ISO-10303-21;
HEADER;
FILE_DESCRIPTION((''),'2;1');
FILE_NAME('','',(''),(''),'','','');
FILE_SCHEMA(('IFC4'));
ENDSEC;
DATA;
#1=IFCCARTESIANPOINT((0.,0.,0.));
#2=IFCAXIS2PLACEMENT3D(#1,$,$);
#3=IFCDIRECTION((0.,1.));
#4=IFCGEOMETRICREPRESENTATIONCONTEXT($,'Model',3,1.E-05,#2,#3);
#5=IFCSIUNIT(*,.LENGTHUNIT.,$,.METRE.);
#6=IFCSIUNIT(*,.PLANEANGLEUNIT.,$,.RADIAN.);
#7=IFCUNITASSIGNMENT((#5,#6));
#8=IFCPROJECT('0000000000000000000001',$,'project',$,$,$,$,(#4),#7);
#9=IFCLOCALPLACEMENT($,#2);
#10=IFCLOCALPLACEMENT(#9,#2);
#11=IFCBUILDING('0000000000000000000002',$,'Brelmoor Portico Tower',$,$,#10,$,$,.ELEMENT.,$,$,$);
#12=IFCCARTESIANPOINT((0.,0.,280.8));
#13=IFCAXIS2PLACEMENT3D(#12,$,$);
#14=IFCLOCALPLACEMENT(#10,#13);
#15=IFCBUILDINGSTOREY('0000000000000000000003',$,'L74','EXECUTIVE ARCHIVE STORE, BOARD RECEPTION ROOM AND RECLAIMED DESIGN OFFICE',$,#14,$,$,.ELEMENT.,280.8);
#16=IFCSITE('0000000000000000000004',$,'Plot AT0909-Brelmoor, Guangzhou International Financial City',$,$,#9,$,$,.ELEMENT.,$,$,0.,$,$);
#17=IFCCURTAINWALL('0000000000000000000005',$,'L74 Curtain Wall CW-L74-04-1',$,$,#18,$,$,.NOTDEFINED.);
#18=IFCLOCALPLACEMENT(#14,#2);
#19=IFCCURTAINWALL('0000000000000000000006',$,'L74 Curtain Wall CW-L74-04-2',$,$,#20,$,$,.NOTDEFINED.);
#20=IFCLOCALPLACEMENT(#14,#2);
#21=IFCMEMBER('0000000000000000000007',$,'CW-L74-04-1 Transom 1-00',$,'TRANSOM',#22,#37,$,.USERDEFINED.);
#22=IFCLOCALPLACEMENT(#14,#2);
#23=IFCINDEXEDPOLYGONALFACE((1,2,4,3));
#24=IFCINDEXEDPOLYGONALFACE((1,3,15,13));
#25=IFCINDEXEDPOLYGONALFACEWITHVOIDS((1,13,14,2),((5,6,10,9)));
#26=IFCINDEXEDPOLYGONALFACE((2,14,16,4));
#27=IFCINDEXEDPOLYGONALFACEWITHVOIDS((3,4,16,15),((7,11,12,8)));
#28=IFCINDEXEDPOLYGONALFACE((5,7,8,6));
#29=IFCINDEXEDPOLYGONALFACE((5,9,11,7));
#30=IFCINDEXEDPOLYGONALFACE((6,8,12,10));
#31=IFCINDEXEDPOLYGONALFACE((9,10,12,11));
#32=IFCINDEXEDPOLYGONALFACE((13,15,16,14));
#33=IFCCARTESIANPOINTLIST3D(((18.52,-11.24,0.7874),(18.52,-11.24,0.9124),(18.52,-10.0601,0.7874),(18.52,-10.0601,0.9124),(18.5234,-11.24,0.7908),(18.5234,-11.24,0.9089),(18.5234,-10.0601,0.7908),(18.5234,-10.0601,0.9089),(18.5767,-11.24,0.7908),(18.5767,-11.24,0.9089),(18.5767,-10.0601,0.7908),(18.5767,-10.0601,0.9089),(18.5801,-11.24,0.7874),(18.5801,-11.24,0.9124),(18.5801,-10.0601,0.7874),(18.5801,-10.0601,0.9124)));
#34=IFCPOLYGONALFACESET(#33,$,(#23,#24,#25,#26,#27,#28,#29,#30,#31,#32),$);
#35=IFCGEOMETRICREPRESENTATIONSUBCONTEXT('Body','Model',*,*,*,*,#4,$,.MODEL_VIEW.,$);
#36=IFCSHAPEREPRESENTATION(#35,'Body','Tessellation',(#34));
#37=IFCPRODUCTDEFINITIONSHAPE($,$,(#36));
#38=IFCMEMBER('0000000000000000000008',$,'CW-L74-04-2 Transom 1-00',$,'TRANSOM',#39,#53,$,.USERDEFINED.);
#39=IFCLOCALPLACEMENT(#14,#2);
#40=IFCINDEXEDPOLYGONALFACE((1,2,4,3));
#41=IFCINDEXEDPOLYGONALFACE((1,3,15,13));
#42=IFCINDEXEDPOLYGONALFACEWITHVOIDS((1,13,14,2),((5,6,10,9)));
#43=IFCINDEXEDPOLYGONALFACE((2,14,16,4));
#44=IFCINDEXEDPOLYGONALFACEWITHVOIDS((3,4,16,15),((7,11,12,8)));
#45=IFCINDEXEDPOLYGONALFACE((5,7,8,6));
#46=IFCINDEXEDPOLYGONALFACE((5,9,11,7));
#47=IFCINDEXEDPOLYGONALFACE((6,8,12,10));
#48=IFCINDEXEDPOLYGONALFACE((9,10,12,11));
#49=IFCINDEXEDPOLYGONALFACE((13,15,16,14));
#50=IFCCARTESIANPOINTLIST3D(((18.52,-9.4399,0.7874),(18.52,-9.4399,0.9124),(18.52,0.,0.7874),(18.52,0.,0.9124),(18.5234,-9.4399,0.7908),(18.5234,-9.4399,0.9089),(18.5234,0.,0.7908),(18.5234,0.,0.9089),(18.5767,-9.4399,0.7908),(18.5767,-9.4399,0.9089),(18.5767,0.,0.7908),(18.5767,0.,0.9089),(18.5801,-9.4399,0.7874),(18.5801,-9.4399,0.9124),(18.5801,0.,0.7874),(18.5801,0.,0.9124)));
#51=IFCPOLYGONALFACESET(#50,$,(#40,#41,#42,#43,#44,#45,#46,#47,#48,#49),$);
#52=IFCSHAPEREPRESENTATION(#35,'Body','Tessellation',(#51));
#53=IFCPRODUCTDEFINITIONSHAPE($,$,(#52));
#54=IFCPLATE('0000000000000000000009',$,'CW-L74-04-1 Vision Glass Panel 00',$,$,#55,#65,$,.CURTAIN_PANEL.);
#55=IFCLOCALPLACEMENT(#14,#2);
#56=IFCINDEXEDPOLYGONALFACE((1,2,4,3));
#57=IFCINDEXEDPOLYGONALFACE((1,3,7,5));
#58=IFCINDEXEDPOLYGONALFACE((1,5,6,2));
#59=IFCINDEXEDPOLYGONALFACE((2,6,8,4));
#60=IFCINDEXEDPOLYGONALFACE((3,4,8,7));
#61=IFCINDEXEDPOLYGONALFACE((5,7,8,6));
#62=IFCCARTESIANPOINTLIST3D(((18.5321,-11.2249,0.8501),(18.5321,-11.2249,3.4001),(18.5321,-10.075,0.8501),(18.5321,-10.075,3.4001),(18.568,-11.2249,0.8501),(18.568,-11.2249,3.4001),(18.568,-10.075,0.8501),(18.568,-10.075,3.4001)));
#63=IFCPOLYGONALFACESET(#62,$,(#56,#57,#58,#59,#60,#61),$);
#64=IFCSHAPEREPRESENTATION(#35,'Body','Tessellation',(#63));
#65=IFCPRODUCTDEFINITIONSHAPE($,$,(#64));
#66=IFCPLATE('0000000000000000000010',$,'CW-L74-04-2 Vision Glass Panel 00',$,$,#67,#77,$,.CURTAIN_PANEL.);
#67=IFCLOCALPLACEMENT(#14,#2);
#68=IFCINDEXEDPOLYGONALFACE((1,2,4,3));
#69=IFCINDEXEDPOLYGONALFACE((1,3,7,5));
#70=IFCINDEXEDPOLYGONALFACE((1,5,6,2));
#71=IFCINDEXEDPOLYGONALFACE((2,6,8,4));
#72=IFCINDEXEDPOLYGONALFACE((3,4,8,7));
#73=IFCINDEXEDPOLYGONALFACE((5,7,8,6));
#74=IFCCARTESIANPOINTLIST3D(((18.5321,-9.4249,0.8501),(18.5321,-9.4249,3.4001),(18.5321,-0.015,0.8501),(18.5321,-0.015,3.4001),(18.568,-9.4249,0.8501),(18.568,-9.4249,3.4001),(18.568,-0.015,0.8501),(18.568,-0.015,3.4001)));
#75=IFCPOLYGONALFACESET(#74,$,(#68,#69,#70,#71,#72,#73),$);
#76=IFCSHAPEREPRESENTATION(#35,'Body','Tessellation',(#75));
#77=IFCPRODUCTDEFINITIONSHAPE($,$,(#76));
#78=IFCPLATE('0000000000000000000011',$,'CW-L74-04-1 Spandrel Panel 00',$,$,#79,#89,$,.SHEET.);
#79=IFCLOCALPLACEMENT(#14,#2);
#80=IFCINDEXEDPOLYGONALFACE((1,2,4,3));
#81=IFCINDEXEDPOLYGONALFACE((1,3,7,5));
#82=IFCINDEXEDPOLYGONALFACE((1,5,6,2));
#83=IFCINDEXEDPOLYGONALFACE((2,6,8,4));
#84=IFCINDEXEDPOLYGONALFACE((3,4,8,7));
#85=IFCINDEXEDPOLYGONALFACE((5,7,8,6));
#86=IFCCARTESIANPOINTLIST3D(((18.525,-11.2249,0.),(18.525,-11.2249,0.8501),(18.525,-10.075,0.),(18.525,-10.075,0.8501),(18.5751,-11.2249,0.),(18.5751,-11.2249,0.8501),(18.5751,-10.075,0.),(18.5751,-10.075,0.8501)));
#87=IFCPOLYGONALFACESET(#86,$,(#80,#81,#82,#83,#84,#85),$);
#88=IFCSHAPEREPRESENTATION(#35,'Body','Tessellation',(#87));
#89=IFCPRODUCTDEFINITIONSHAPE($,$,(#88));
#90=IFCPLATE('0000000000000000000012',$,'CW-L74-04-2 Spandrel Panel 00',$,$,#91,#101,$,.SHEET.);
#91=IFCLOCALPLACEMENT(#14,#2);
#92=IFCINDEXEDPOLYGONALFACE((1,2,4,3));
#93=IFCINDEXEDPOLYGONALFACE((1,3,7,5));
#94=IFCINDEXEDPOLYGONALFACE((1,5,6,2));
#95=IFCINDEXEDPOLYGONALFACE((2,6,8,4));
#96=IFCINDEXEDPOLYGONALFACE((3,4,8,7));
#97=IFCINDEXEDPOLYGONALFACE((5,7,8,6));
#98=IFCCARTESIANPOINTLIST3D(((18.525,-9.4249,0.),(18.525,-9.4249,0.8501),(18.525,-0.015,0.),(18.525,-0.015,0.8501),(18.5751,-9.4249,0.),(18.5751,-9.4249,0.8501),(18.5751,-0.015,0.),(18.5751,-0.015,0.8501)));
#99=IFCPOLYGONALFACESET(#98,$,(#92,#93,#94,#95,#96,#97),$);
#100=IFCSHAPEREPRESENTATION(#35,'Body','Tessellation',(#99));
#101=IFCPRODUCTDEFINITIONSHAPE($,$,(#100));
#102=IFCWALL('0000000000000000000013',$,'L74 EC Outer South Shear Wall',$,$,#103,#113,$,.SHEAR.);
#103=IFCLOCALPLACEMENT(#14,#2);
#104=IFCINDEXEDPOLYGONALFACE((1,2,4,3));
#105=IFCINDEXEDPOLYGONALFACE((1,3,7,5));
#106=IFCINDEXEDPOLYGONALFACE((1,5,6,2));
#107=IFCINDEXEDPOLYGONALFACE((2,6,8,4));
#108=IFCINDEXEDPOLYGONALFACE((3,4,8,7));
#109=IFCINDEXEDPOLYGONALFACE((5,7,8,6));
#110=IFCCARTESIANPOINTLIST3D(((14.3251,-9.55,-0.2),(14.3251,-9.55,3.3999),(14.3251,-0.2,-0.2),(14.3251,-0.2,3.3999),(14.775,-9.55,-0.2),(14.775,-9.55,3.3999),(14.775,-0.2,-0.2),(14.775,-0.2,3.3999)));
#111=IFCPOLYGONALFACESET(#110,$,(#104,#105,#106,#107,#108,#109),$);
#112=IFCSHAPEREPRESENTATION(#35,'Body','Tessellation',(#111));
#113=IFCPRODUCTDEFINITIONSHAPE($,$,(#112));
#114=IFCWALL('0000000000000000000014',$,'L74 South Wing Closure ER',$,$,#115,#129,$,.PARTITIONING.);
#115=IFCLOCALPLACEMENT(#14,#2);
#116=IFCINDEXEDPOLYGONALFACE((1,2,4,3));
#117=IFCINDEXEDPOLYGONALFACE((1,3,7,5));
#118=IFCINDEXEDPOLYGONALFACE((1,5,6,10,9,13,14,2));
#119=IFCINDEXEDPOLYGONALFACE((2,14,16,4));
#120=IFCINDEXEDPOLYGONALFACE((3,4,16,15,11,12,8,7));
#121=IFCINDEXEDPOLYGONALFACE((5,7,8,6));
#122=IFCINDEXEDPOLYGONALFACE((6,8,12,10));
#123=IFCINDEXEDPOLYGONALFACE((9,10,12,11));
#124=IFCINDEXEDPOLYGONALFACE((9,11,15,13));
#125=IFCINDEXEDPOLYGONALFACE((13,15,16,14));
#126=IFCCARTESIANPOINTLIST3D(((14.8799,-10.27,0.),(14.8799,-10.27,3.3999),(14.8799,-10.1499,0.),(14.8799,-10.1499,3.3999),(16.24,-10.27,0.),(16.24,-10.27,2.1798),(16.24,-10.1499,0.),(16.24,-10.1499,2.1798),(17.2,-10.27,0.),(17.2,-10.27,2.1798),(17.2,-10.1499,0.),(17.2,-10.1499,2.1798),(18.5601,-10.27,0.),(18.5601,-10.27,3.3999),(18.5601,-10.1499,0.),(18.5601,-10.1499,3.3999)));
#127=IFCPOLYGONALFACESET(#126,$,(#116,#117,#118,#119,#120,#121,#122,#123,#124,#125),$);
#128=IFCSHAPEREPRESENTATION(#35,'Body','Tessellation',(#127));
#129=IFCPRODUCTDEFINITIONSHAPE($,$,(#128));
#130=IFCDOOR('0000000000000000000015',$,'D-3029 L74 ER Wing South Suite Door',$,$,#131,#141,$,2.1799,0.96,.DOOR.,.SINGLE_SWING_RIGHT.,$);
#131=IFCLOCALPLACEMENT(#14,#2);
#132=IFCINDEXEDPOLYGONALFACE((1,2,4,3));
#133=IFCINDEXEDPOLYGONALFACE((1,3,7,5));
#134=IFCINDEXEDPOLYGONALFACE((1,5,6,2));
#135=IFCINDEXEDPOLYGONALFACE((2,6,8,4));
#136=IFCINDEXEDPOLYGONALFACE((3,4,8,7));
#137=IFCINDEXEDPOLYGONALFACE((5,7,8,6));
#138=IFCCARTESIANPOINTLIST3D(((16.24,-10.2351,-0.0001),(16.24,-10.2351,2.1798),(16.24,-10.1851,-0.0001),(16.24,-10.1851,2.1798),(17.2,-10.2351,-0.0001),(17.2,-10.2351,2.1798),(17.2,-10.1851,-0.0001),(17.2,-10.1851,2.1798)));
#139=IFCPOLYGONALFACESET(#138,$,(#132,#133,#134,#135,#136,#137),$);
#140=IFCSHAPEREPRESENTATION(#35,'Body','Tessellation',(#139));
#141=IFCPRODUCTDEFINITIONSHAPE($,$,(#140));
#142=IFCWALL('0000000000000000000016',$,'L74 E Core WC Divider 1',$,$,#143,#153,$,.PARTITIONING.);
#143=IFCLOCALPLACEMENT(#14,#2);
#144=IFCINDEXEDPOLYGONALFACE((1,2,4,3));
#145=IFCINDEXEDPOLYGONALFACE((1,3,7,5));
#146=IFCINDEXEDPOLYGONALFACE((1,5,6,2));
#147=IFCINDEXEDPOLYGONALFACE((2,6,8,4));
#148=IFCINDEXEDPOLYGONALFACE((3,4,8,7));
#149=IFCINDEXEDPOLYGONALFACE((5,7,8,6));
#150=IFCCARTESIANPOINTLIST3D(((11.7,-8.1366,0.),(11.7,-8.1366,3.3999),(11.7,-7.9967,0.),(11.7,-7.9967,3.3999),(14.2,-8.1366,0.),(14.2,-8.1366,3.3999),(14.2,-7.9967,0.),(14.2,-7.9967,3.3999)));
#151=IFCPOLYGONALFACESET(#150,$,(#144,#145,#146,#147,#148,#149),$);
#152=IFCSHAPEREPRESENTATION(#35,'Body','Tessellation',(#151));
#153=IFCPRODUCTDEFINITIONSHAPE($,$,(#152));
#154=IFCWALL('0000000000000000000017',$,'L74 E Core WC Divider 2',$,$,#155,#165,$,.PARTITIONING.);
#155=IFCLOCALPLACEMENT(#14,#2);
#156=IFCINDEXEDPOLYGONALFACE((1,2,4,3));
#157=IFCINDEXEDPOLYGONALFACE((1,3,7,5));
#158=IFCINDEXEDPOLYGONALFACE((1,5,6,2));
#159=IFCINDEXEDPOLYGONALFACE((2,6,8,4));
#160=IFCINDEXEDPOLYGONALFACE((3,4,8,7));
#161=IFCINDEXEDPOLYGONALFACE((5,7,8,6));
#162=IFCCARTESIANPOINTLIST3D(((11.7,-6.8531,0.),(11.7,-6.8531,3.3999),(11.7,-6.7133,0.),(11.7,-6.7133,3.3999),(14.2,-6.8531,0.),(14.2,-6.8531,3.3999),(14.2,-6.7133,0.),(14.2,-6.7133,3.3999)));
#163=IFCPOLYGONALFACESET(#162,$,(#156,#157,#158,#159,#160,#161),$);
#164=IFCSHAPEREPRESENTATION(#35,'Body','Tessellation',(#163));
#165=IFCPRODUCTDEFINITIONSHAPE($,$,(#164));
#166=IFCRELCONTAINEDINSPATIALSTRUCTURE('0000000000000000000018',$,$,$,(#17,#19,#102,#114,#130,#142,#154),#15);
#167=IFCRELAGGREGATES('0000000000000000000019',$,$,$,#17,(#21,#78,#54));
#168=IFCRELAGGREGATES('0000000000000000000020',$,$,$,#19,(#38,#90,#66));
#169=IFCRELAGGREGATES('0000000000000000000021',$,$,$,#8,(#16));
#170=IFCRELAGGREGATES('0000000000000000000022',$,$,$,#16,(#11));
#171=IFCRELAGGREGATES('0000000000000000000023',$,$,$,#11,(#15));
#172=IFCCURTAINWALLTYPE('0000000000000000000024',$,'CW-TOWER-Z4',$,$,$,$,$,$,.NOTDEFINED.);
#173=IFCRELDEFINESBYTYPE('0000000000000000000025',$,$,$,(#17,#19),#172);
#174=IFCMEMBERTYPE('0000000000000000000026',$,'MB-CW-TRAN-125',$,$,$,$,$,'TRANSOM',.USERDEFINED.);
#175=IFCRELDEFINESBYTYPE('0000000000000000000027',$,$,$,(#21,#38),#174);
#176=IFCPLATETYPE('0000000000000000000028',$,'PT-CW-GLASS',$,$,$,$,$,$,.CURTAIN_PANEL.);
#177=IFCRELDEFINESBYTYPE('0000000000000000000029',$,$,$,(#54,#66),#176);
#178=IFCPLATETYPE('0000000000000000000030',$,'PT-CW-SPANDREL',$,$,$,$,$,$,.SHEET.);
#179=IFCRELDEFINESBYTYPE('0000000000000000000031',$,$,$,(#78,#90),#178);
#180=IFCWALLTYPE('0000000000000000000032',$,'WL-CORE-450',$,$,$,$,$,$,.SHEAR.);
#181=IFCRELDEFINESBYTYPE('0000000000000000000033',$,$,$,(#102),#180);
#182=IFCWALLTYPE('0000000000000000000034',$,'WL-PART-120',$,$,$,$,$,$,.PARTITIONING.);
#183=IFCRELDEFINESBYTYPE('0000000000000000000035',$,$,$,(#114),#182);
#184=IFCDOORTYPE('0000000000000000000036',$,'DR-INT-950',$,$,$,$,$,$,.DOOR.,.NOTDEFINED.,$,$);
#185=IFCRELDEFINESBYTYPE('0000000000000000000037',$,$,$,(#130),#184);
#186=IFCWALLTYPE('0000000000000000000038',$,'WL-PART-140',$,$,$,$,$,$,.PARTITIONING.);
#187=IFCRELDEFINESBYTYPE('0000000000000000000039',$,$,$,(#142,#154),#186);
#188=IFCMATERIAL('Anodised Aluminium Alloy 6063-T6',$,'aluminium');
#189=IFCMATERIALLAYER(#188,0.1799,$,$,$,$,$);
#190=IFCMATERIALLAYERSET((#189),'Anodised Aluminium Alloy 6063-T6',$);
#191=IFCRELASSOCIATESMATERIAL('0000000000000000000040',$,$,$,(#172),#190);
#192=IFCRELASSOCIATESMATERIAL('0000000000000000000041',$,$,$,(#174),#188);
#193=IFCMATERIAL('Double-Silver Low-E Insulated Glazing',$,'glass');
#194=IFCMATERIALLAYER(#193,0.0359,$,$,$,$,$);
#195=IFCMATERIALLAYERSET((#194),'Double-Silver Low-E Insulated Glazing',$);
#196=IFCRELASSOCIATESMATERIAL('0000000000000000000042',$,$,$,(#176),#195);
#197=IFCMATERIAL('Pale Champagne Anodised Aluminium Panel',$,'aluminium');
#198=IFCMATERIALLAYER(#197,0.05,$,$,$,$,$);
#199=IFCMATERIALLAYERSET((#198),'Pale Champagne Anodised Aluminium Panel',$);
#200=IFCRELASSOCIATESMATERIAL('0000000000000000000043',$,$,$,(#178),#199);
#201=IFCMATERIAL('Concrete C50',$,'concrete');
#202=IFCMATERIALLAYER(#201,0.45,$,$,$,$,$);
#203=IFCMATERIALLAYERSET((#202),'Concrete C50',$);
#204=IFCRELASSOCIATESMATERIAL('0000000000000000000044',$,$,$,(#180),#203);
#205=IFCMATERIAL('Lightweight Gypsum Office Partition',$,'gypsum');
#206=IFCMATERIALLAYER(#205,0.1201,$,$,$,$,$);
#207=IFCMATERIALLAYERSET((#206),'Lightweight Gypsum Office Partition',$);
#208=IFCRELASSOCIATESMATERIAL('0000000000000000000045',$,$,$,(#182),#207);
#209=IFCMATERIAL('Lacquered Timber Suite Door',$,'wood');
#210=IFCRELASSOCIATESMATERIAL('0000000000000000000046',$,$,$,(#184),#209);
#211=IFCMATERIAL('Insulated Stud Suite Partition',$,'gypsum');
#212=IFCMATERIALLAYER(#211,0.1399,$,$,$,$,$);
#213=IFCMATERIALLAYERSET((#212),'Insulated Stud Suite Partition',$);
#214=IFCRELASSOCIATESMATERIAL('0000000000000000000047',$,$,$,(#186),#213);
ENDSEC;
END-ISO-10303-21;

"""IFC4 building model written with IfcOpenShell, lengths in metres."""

from ifc_helpers import new_model, si_unit, direction, frame, frame_2d, origin, origin_2d, place, context, subcontext, project, spatial, rectangle, hollow_rectangle, extrude, material, layer, layer_set, material_profile, profile_set, type_object, element, fill, aggregate, save


model = new_model("IFC4")

# Units and contexts
model_context = context("Model", 3, precision=1e-05, world=origin(), true_north=direction((0.0, 1.0)))
body_context = subcontext(model_context, "Body", "Model", "MODEL_VIEW")
ifc_project = project(units=[si_unit("LENGTHUNIT", "METRE"), si_unit("PLANEANGLEUNIT", "RADIAN")], contexts=[model_context])

# Site, building, storey
site_placement = place(None, origin())
site = spatial("IfcSite", under=ifc_project, at=site_placement, Name="Plot AT0909-Brelmoor, Guangzhou International Financial City", CompositionType="ELEMENT", RefElevation=0.0)
building_placement = place(site_placement, origin())
building = spatial("IfcBuilding", under=site, at=building_placement, Name="Brelmoor Portico Tower", CompositionType="ELEMENT")
storey_placement = place(building_placement, frame((0.0, 0.0, 280.8)))
storey = spatial("IfcBuildingStorey", under=building, at=storey_placement, Name="L74", Description="EXECUTIVE ARCHIVE STORE, BOARD RECEPTION ROOM AND RECLAIMED DESIGN OFFICE", CompositionType="ELEMENT", Elevation=280.8)

# Curtain walls
ifc_material_1 = material(Name="Anodised Aluminium Alloy 6063-T6", Category="aluminium")
ifc_layer_1 = layer(ifc_material_1, 0.1799)
ifc_layer_set_1 = layer_set([ifc_layer_1], Name="Anodised Aluminium Alloy 6063-T6")
curtain_wall_type = type_object("IfcCurtainWallType", Name="CW-TOWER-Z4", PredefinedType="NOTDEFINED", material=ifc_layer_set_1)
curtain_wall_1_placement = place(storey_placement, origin())
curtain_wall_1 = element("IfcCurtainWall", 1, at=curtain_wall_1_placement, inside=storey, type_object=curtain_wall_type, Name="L74 Curtain Wall CW-L74-04-1", PredefinedType="NOTDEFINED")
curtain_wall_2_placement = place(storey_placement, origin())
curtain_wall_2 = element("IfcCurtainWall", 2, at=curtain_wall_2_placement, inside=storey, type_object=curtain_wall_type, Name="L74 Curtain Wall CW-L74-04-2", PredefinedType="NOTDEFINED")

# Members
ifc_material_profile_1 = material_profile(ifc_material_1, hollow_rectangle(XDim=0.0601, YDim=0.125, WallThickness=0.0034, at=origin_2d()), Name="ALU TRANSOM 60x125")
ifc_profile_set_1 = profile_set([ifc_material_profile_1], Name="Anodised Aluminium Alloy 6063-T6")
member_type_1 = type_object("IfcMemberType", Name="MB-CW-TRAN-125", ElementType="TRANSOM", PredefinedType="USERDEFINED", material=ifc_profile_set_1)
member_1_placement = place(storey_placement, frame((18.55, -11.24, 0.8499), z_axis=(0.0, 1.0, 0.0), x_axis=(-1.0, 0.0, 0.0)))
member_1 = element("IfcMember", 3, at=member_1_placement, type_object=member_type_1, Name="CW-L74-04-1 Transom 1-00", ObjectType="TRANSOM", PredefinedType="USERDEFINED", context=body_context, shape_type="SweptSolid", body=[
    extrude(hollow_rectangle(XDim=0.0601, YDim=0.125, WallThickness=0.0034, at=origin_2d()), origin(), (0.0, 0.0, 1.0), 1.1799),
])
member_2_placement = place(storey_placement, frame((18.55, -9.4399, 0.8499), z_axis=(0.0, 1.0, 0.0), x_axis=(-1.0, 0.0, 0.0)))
member_2 = element("IfcMember", 4, at=member_2_placement, type_object=member_type_1, Name="CW-L74-04-2 Transom 1-00", ObjectType="TRANSOM", PredefinedType="USERDEFINED", context=body_context, shape_type="SweptSolid", body=[
    extrude(hollow_rectangle(XDim=0.0601, YDim=0.125, WallThickness=0.0034, at=origin_2d()), origin(), (0.0, 0.0, 1.0), 9.4399),
])

# Plates
ifc_material_2 = material(Name="Double-Silver Low-E Insulated Glazing", Category="glass")
ifc_layer_2 = layer(ifc_material_2, 0.0359)
ifc_layer_set_2 = layer_set([ifc_layer_2], Name="Double-Silver Low-E Insulated Glazing")
plate_type_1 = type_object("IfcPlateType", Name="PT-CW-GLASS", PredefinedType="CURTAIN_PANEL", material=ifc_layer_set_2)
plate_1_placement = place(storey_placement, frame((18.55, -10.6499, 0.8501), z_axis=(0.0, 0.0, 1.0), x_axis=(0.0, 1.0, 0.0)))
plate_1 = element("IfcPlate", 5, at=plate_1_placement, type_object=plate_type_1, Name="CW-L74-04-1 Vision Glass Panel 00", PredefinedType="CURTAIN_PANEL", context=body_context, shape_type="SweptSolid", body=[
    extrude(rectangle(XDim=1.1499, YDim=0.0359, at=origin_2d()), origin(), (0.0, 0.0, 1.0), 2.55),
])
plate_2_placement = place(storey_placement, frame((18.55, -4.72, 0.8501), z_axis=(0.0, 0.0, 1.0), x_axis=(0.0, 1.0, 0.0)))
plate_2 = element("IfcPlate", 6, at=plate_2_placement, type_object=plate_type_1, Name="CW-L74-04-2 Vision Glass Panel 00", PredefinedType="CURTAIN_PANEL", context=body_context, shape_type="SweptSolid", body=[
    extrude(rectangle(XDim=9.4099, YDim=0.0359, at=origin_2d()), origin(), (0.0, 0.0, 1.0), 2.55),
])
ifc_material_3 = material(Name="Pale Champagne Anodised Aluminium Panel", Category="aluminium")
ifc_layer_3 = layer(ifc_material_3, 0.05)
ifc_layer_set_3 = layer_set([ifc_layer_3], Name="Pale Champagne Anodised Aluminium Panel")
plate_type_2 = type_object("IfcPlateType", Name="PT-CW-SPANDREL", PredefinedType="SHEET", material=ifc_layer_set_3)
plate_3_placement = place(storey_placement, frame((18.55, -10.6499, 0.0), z_axis=(0.0, 0.0, 1.0), x_axis=(0.0, 1.0, 0.0)))
plate_3 = element("IfcPlate", 7, at=plate_3_placement, type_object=plate_type_2, Name="CW-L74-04-1 Spandrel Panel 00", PredefinedType="SHEET", context=body_context, shape_type="SweptSolid", body=[
    extrude(rectangle(XDim=1.1499, YDim=0.05, at=origin_2d()), origin(), (0.0, 0.0, 1.0), 0.8501),
])
aggregate(curtain_wall_1, [member_1, plate_3, plate_1])
plate_4_placement = place(storey_placement, frame((18.55, -4.72, 0.0), z_axis=(0.0, 0.0, 1.0), x_axis=(0.0, 1.0, 0.0)))
plate_4 = element("IfcPlate", 8, at=plate_4_placement, type_object=plate_type_2, Name="CW-L74-04-2 Spandrel Panel 00", PredefinedType="SHEET", context=body_context, shape_type="SweptSolid", body=[
    extrude(rectangle(XDim=9.4099, YDim=0.05, at=origin_2d()), origin(), (0.0, 0.0, 1.0), 0.8501),
])
aggregate(curtain_wall_2, [member_2, plate_4, plate_2])

# Wall
ifc_material_4 = material(Name="Concrete C50", Category="concrete")
ifc_layer_4 = layer(ifc_material_4, 0.45)
ifc_layer_set_4 = layer_set([ifc_layer_4], Name="Concrete C50")
wall_type_1 = type_object("IfcWallType", Name="WL-CORE-450", PredefinedType="SHEAR", material=ifc_layer_set_4)
wall_1_placement = place(storey_placement, frame((14.55, -9.55, -0.2), z_axis=(0.0, 0.0, 1.0), x_axis=(0.0, 1.0, 0.0)))
element("IfcWall", 9, at=wall_1_placement, inside=storey, type_object=wall_type_1, Name="L74 EC Outer South Shear Wall", PredefinedType="SHEAR", context=body_context, shape_type="SweptSolid", body=[
    extrude(rectangle(XDim=9.3501, YDim=0.45, at=frame_2d((4.675, 0.0))), origin(), (0.0, 0.0, 1.0), 3.5999),
])

# Wall, opening, door
ifc_material_5 = material(Name="Lightweight Gypsum Office Partition", Category="gypsum")
ifc_layer_5 = layer(ifc_material_5, 0.1201)
ifc_layer_set_5 = layer_set([ifc_layer_5], Name="Lightweight Gypsum Office Partition")
wall_type_2 = type_object("IfcWallType", Name="WL-PART-120", PredefinedType="PARTITIONING", material=ifc_layer_set_5)
wall_2_placement = place(storey_placement, frame((14.8799, -10.21, 0.0), z_axis=(0.0, 0.0, 1.0), x_axis=(1.0, 0.0, 0.0)))
wall_2 = element("IfcWall", 10, at=wall_2_placement, inside=storey, type_object=wall_type_2, Name="L74 South Wing Closure ER", PredefinedType="PARTITIONING", context=body_context, shape_type="SweptSolid", body=[
    extrude(rectangle(XDim=3.6802, YDim=0.1201, at=frame_2d((1.8401, 0.0))), origin(), (0.0, 0.0, 1.0), 3.3999),
])
opening_1_placement = place(wall_2_placement, frame((1.3601, 0.0, 0.0)))
opening_1 = element("IfcOpeningElement", 11, at=opening_1_placement, cuts=wall_2, PredefinedType="OPENING", context=body_context, shape_type="SweptSolid", body=[
    extrude(rectangle(XDim=0.96, YDim=2.1799, at=frame_2d((0.48, 1.0898))), frame((0.0, 0.0701, 0.0), z_axis=(0.0, -1.0, 0.0), x_axis=(1.0, 0.0, 0.0)), (0.0, 0.0, 1.0), 0.1401),
])
ifc_material_6 = material(Name="Lacquered Timber Suite Door", Category="wood")
door_type_1 = type_object("IfcDoorType", Name="DR-INT-950", OperationType="NOTDEFINED", PredefinedType="DOOR", material=ifc_material_6)
door_1_placement = place(opening_1_placement, origin())
door_1 = element("IfcDoor", 12, at=door_1_placement, inside=storey, type_object=door_type_1, Name="D-3029 L74 ER Wing South Suite Door", OperationType="SINGLE_SWING_RIGHT", OverallHeight=2.1799, OverallWidth=0.96, PredefinedType="DOOR", context=body_context, shape_type="SweptSolid", body=[
    extrude(rectangle(XDim=0.96, YDim=2.1799, at=frame_2d((0.48, 1.0898))), frame((0.0, 0.0249, 0.0), z_axis=(0.0, -1.0, 0.0), x_axis=(1.0, 0.0, 0.0)), (0.0, 0.0, 1.0), 0.05),
])
fill(opening_1, door_1)

# Walls
ifc_material_7 = material(Name="Insulated Stud Suite Partition", Category="gypsum")
ifc_layer_6 = layer(ifc_material_7, 0.1399)
ifc_layer_set_6 = layer_set([ifc_layer_6], Name="Insulated Stud Suite Partition")
wall_type_3 = type_object("IfcWallType", Name="WL-PART-140", PredefinedType="PARTITIONING", material=ifc_layer_set_6)
for number, where, z_axis, x_axis, name in (
    (13, (11.7, -8.0667, 0.0), (0.0, 0.0, 1.0), (1.0, 0.0, 0.0), "L74 E Core WC Divider 1"),
    (14, (11.7, -6.7832, 0.0), (0.0, 0.0, 1.0), (1.0, 0.0, 0.0), "L74 E Core WC Divider 2"),
):
    element("IfcWall", number, at=place(storey_placement, frame(where, z_axis=z_axis, x_axis=x_axis)), inside=storey, type_object=wall_type_3, Name=name, PredefinedType="PARTITIONING", context=body_context, shape_type="SweptSolid", body=[
        extrude(rectangle(XDim=2.5, YDim=0.1399, at=frame_2d((1.25, 0.0))), origin(), (0.0, 0.0, 1.0), 3.3999),
    ])

save(model, "model.ifc")
